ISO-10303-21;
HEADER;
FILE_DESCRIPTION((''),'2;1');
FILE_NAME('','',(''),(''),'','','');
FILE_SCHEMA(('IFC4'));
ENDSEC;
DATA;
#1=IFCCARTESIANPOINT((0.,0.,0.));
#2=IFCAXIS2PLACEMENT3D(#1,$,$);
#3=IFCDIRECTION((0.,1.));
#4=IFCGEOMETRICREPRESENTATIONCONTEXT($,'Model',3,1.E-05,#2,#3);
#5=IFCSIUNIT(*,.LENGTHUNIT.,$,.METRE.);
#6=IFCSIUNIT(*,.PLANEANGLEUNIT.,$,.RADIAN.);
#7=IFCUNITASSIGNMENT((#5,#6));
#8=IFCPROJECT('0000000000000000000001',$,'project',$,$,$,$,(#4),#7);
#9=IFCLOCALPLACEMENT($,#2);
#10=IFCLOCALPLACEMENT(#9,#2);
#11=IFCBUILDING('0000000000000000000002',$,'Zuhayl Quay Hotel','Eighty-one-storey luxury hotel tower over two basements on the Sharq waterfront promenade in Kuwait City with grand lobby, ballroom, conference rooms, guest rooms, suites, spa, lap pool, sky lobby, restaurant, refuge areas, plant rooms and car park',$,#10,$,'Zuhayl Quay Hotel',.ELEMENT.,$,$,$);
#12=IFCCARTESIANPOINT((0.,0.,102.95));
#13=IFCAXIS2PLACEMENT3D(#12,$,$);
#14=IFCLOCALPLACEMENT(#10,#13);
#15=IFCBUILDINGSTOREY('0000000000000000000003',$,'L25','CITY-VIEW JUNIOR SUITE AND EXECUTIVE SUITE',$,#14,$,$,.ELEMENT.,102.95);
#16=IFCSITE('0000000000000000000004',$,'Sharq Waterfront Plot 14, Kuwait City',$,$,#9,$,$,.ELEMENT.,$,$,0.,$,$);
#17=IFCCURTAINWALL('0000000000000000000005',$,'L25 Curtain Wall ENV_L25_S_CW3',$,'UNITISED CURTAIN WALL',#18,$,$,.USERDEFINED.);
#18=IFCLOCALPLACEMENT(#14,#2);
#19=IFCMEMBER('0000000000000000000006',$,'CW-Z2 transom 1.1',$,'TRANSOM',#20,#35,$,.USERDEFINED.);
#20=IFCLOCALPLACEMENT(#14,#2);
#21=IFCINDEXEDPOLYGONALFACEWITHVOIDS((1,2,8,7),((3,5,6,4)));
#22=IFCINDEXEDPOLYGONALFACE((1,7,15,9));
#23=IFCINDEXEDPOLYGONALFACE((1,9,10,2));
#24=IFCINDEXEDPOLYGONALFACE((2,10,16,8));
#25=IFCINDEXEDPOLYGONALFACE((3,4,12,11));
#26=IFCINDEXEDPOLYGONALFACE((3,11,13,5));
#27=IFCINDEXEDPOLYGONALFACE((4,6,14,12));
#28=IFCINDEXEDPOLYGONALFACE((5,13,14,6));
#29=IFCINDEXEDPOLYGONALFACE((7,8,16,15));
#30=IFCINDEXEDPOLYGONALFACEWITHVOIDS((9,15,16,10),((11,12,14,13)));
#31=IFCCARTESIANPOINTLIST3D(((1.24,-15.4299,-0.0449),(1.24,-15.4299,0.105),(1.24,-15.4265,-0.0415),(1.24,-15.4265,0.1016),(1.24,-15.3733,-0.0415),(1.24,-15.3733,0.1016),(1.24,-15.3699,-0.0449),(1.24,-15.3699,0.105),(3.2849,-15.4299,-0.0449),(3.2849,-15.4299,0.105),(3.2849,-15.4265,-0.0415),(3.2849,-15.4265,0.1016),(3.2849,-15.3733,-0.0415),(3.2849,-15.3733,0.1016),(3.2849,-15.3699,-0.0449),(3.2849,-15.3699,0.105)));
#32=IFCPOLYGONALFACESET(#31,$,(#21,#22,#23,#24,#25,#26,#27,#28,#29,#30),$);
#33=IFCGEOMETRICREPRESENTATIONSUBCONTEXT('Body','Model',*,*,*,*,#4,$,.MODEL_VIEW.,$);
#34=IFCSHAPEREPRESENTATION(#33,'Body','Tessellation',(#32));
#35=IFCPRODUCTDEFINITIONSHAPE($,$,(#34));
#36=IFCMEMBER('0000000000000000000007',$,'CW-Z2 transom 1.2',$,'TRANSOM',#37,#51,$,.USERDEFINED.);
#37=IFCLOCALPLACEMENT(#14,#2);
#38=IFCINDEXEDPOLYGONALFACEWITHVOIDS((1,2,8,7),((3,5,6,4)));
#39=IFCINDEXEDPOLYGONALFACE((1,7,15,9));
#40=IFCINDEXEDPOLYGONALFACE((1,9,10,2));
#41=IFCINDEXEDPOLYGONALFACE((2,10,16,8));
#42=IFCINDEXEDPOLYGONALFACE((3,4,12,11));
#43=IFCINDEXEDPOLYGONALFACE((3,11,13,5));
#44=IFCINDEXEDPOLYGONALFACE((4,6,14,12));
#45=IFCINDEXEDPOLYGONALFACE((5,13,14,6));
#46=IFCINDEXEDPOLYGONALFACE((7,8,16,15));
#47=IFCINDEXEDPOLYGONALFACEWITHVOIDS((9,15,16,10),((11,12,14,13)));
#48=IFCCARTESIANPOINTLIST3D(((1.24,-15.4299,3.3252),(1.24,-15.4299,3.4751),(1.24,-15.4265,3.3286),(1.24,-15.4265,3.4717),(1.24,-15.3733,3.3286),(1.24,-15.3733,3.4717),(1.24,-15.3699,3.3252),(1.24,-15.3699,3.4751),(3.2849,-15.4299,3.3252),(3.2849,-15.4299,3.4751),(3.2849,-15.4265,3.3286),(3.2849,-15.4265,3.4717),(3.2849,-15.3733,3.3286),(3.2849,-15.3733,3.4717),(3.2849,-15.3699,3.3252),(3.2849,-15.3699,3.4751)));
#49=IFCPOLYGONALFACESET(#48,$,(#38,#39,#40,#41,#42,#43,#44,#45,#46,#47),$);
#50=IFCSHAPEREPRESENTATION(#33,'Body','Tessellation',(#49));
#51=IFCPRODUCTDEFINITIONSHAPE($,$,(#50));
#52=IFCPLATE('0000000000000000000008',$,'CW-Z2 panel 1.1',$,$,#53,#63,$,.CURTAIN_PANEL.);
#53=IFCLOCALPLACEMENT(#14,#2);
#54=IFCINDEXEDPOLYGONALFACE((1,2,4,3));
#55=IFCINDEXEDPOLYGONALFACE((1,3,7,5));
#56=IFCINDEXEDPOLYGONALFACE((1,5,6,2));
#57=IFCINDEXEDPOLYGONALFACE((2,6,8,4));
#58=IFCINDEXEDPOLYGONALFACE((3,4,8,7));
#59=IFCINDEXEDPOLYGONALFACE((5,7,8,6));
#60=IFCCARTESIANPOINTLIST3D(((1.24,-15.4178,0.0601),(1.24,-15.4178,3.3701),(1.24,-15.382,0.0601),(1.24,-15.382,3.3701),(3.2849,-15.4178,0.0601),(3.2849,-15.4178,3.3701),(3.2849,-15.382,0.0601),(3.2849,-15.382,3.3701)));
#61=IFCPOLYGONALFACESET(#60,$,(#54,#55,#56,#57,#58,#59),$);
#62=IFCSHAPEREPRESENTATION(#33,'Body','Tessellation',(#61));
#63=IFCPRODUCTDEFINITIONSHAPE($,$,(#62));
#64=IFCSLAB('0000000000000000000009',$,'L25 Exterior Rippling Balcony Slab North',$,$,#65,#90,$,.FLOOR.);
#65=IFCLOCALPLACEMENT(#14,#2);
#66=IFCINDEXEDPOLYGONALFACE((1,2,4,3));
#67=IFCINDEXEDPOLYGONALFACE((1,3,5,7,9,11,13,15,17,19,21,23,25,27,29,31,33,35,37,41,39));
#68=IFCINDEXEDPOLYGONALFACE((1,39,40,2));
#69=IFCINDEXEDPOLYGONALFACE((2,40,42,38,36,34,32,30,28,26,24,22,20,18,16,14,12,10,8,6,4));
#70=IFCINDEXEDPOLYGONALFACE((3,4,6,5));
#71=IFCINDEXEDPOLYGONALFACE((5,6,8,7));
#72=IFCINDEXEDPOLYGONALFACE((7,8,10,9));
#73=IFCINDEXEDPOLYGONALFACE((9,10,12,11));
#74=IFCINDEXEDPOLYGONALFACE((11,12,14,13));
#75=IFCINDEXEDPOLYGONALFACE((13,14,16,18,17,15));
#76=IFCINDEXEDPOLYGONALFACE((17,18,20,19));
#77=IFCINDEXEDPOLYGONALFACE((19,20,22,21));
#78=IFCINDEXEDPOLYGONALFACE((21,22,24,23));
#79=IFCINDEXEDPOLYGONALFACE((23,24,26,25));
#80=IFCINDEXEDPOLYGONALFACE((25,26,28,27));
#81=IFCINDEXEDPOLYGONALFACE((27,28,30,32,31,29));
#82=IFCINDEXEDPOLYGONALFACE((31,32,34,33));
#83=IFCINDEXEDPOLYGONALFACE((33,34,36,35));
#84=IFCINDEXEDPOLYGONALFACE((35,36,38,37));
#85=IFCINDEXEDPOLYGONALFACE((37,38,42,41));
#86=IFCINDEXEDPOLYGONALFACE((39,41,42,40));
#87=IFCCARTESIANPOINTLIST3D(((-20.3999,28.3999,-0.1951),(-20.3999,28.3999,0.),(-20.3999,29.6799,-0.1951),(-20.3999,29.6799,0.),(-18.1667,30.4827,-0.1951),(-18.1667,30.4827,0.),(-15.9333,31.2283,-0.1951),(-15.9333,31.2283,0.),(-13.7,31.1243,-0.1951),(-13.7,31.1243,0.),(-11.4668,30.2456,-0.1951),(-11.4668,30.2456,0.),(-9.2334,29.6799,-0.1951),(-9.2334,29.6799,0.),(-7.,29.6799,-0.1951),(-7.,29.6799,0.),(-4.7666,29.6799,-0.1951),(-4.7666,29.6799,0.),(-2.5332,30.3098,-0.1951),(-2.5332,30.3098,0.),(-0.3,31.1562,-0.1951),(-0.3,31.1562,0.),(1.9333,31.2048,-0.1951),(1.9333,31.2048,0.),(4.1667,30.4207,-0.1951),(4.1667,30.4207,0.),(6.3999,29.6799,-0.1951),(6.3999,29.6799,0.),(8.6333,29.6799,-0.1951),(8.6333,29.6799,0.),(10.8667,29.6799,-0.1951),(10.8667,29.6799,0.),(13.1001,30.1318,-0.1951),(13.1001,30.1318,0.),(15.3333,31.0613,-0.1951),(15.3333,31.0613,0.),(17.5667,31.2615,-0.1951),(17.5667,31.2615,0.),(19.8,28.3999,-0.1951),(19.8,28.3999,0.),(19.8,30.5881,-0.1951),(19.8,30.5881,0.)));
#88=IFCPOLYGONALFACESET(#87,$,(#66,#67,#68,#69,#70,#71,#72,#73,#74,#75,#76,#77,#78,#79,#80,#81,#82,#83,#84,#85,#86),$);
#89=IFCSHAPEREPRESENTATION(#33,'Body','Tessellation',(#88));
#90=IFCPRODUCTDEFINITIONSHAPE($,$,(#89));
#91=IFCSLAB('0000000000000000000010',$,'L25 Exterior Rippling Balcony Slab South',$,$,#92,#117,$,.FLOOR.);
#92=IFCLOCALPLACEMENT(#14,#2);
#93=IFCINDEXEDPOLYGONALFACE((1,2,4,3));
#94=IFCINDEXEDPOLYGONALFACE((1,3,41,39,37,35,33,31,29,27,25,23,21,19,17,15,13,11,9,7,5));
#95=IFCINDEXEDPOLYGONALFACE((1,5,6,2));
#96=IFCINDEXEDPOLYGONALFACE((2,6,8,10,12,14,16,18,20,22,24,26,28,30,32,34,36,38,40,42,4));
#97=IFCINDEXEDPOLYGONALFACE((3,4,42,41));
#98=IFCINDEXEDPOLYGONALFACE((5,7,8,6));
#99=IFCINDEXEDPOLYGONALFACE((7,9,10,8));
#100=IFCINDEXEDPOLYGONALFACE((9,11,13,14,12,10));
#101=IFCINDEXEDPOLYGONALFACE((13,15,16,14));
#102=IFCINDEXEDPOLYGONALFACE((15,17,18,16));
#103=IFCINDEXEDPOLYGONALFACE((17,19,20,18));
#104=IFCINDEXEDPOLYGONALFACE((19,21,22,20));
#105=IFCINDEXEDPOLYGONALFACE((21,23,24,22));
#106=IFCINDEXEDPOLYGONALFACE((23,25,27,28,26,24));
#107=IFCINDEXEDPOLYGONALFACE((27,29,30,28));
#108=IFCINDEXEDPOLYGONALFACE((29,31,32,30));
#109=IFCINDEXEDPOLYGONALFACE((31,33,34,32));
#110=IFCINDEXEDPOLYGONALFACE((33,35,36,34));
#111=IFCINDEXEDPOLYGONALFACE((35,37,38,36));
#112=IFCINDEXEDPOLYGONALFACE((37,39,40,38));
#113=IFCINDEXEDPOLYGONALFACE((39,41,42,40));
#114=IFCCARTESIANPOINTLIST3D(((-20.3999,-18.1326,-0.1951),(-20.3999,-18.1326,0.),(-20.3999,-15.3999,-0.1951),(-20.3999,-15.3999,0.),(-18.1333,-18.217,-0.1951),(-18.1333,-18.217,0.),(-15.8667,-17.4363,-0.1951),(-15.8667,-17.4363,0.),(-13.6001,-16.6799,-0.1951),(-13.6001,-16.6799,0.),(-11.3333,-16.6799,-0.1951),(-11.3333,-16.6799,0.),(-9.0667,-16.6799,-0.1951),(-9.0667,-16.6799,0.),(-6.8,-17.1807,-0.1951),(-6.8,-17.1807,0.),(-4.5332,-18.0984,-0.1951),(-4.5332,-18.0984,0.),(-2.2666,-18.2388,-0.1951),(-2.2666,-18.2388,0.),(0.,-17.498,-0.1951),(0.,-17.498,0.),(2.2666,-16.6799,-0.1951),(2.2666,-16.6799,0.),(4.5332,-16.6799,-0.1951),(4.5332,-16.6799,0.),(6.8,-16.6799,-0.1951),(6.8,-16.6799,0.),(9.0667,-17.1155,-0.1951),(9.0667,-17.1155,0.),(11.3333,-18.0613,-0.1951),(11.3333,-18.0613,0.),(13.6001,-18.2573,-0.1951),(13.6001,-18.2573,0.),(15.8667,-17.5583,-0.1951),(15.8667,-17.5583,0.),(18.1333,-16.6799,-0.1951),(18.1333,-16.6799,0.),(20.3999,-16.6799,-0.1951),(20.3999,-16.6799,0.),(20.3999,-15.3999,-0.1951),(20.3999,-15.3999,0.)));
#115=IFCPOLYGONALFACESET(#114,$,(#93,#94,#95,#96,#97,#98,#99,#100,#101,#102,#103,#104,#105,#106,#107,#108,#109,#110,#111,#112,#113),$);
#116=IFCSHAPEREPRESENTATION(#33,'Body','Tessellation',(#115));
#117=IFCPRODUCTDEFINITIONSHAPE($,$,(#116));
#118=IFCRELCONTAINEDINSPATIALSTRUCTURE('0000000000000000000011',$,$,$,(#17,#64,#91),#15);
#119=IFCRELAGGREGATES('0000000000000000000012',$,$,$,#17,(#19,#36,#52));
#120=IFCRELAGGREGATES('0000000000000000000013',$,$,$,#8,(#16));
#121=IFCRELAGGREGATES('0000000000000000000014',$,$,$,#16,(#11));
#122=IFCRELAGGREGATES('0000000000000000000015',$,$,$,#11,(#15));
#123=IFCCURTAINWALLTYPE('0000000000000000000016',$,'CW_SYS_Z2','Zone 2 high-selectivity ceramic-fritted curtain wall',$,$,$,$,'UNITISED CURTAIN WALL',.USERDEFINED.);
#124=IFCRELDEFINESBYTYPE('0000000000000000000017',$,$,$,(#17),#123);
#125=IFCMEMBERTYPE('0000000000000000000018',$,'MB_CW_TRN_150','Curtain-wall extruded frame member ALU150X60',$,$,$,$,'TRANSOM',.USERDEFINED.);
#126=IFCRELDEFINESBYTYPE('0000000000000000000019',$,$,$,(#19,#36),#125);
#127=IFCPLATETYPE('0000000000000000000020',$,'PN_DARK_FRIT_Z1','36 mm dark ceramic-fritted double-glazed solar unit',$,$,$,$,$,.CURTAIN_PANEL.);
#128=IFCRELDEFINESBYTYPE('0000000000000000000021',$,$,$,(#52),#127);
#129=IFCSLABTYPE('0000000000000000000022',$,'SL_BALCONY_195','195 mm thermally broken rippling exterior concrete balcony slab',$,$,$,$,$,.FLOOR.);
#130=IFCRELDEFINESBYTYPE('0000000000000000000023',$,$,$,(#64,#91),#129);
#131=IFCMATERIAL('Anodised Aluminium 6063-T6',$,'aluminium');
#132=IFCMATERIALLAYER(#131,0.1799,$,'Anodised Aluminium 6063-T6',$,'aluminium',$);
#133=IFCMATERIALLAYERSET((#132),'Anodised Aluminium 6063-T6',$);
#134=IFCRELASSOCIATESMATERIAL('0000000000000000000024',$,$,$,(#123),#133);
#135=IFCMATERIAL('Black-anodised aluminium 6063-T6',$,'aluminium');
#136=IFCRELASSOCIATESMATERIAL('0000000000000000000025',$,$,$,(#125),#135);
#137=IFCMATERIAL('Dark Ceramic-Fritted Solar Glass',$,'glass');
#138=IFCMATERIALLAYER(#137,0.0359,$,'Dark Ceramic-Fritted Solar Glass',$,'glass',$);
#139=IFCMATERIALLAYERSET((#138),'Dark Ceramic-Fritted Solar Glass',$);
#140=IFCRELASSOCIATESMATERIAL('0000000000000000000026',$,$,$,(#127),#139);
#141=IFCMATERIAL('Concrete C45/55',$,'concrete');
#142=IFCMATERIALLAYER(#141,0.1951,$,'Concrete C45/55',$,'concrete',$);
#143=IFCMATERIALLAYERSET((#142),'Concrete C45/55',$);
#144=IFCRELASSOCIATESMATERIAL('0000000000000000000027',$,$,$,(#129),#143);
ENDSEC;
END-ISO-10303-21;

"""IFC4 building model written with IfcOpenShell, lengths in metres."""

from ifc_helpers import new_model, si_unit, direction, frame, origin, origin_2d, place, context, subcontext, project, spatial, polyline, rectangle, hollow_rectangle, outline, extrude, material, layer, layer_set, material_profile, profile_set, type_object, element, aggregate, save


model = new_model("IFC4")

# Units and contexts
model_context = context("Model", 3, precision=1e-05, world=origin(), true_north=direction((0.0, 1.0)))
body_context = subcontext(model_context, "Body", "Model", "MODEL_VIEW")
ifc_project = project(units=[si_unit("LENGTHUNIT", "METRE"), si_unit("PLANEANGLEUNIT", "RADIAN")], contexts=[model_context])

# Site, building, storey
site_placement = place(None, origin())
site = spatial("IfcSite", under=ifc_project, at=site_placement, Name="Sharq Waterfront Plot 14, Kuwait City", CompositionType="ELEMENT", RefElevation=0.0)
building_placement = place(site_placement, origin())
building = spatial("IfcBuilding", under=site, at=building_placement, Name="Zuhayl Quay Hotel", Description="Eighty-one-storey luxury hotel tower over two basements on the Sharq waterfront promenade in Kuwait City with grand lobby, ballroom, conference rooms, guest rooms, suites, spa, lap pool, sky lobby, restaurant, refuge areas, plant rooms and car park", LongName="Zuhayl Quay Hotel", CompositionType="ELEMENT")
storey_placement = place(building_placement, frame((0.0, 0.0, 102.95)))
storey = spatial("IfcBuildingStorey", under=building, at=storey_placement, Name="L25", Description="CITY-VIEW JUNIOR SUITE AND EXECUTIVE SUITE", CompositionType="ELEMENT", Elevation=102.95)

# Curtain wall
ifc_material_1 = material(Name="Anodised Aluminium 6063-T6", Category="aluminium")
ifc_layer_1 = layer(ifc_material_1, 0.1799, Name="Anodised Aluminium 6063-T6", Category="aluminium")
ifc_layer_set_1 = layer_set([ifc_layer_1], Name="Anodised Aluminium 6063-T6")
curtain_wall_type = type_object("IfcCurtainWallType", Name="CW_SYS_Z2", Description="Zone 2 high-selectivity ceramic-fritted curtain wall", ElementType="UNITISED CURTAIN WALL", PredefinedType="USERDEFINED", material=ifc_layer_set_1)
curtain_wall_1_placement = place(storey_placement, origin())
curtain_wall_1 = element("IfcCurtainWall", 1, at=curtain_wall_1_placement, inside=storey, type_object=curtain_wall_type, Name="L25 Curtain Wall ENV_L25_S_CW3", ObjectType="UNITISED CURTAIN WALL", PredefinedType="USERDEFINED")
ifc_material_2 = material(Name="Black-anodised aluminium 6063-T6", Category="aluminium")

# Members
ifc_material_profile_1 = material_profile(ifc_material_2, hollow_rectangle(XDim=0.0601, YDim=0.1499, WallThickness=0.0034, at=origin_2d()), Name="ALU150X60")
ifc_profile_set_1 = profile_set([ifc_material_profile_1], Name="Black-anodised aluminium 6063-T6")
member_type_1 = type_object("IfcMemberType", Name="MB_CW_TRN_150", Description="Curtain-wall extruded frame member ALU150X60", ElementType="TRANSOM", PredefinedType="USERDEFINED", material=ifc_profile_set_1)
member_1_placement = place(storey_placement, frame((3.2849, -15.3999, 0.03), z_axis=(-1.0, 0.0, 0.0), x_axis=(0.0, -1.0, 0.0)))
member_1 = element("IfcMember", 2, at=member_1_placement, type_object=member_type_1, Name="CW-Z2 transom 1.1", ObjectType="TRANSOM", PredefinedType="USERDEFINED", context=body_context, shape_type="SweptSolid", body=[
    extrude(hollow_rectangle(XDim=0.0601, YDim=0.1499, WallThickness=0.0034, at=origin_2d()), origin(), (0.0, 0.0, 1.0), 2.0449),
])
member_2_placement = place(storey_placement, frame((3.2849, -15.3999, 3.4001), z_axis=(-1.0, 0.0, 0.0), x_axis=(0.0, -1.0, 0.0)))
member_2 = element("IfcMember", 3, at=member_2_placement, type_object=member_type_1, Name="CW-Z2 transom 1.2", ObjectType="TRANSOM", PredefinedType="USERDEFINED", context=body_context, shape_type="SweptSolid", body=[
    extrude(hollow_rectangle(XDim=0.0601, YDim=0.1499, WallThickness=0.0034, at=origin_2d()), origin(), (0.0, 0.0, 1.0), 2.0449),
])

# Plate
ifc_material_3 = material(Name="Dark Ceramic-Fritted Solar Glass", Category="glass")
ifc_layer_2 = layer(ifc_material_3, 0.0359, Name="Dark Ceramic-Fritted Solar Glass", Category="glass")
ifc_layer_set_2 = layer_set([ifc_layer_2], Name="Dark Ceramic-Fritted Solar Glass")
plate_type = type_object("IfcPlateType", Name="PN_DARK_FRIT_Z1", Description="36 mm dark ceramic-fritted double-glazed solar unit", PredefinedType="CURTAIN_PANEL", material=ifc_layer_set_2)
plate_placement = place(storey_placement, frame((2.2625, -15.3999, 0.0601), z_axis=(0.0, 0.0, 1.0), x_axis=(-1.0, 0.0, 0.0)))
plate = element("IfcPlate", 4, at=plate_placement, type_object=plate_type, Name="CW-Z2 panel 1.1", PredefinedType="CURTAIN_PANEL", context=body_context, shape_type="SweptSolid", body=[
    extrude(rectangle(XDim=2.0449, YDim=0.0359, at=origin_2d()), origin(), (0.0, 0.0, 1.0), 3.3101),
])
aggregate(curtain_wall_1, [member_1, member_2, plate])

# Slabs
ifc_material_4 = material(Name="Concrete C45/55", Category="concrete")
ifc_layer_3 = layer(ifc_material_4, 0.1951, Name="Concrete C45/55", Category="concrete")
ifc_layer_set_3 = layer_set([ifc_layer_3], Name="Concrete C45/55")
slab_type_1 = type_object("IfcSlabType", Name="SL_BALCONY_195", Description="195 mm thermally broken rippling exterior concrete balcony slab", PredefinedType="FLOOR", material=ifc_layer_set_3)
slab_1_placement = place(storey_placement, frame((0.0, 0.0, -0.1951)))
element("IfcSlab", 5, at=slab_1_placement, inside=storey, type_object=slab_type_1, Name="L25 Exterior Rippling Balcony Slab North", PredefinedType="FLOOR", context=body_context, shape_type="SweptSolid", body=[
    extrude(outline(polyline([(-20.3999, 28.3999), (19.8, 28.3999), (19.8, 30.5881), (17.5667, 31.2615), (15.3333, 31.0613), (13.1001, 30.1318), (10.8667, 29.6799), (8.6333, 29.6799), (6.3999, 29.6799), (4.1667, 30.4207), (1.9333, 31.2048), (-0.3, 31.1562), (-2.5332, 30.3098), (-4.7666, 29.6799), (-7.0, 29.6799), (-9.2334, 29.6799), (-11.4668, 30.2456), (-13.7, 31.1243), (-15.9333, 31.2283), (-18.1667, 30.4827), (-20.3999, 29.6799), (-20.3999, 28.3999)])), origin(), (0.0, 0.0, 1.0), 0.1951),
])
slab_2_placement = place(storey_placement, frame((0.0, 0.0, -0.1951)))
element("IfcSlab", 6, at=slab_2_placement, inside=storey, type_object=slab_type_1, Name="L25 Exterior Rippling Balcony Slab South", PredefinedType="FLOOR", context=body_context, shape_type="SweptSolid", body=[
    extrude(outline(polyline([(-20.3999, -18.1326), (-18.1333, -18.217), (-15.8667, -17.4363), (-13.6001, -16.6799), (-11.3333, -16.6799), (-9.0667, -16.6799), (-6.8, -17.1807), (-4.5332, -18.0984), (-2.2666, -18.2388), (0.0, -17.498), (2.2666, -16.6799), (4.5332, -16.6799), (6.8, -16.6799), (9.0667, -17.1155), (11.3333, -18.0613), (13.6001, -18.2573), (15.8667, -17.5583), (18.1333, -16.6799), (20.3999, -16.6799), (20.3999, -15.3999), (-20.3999, -15.3999), (-20.3999, -18.1326)])), origin(), (0.0, 0.0, 1.0), 0.1951),
])

save(model, "model.ifc")
